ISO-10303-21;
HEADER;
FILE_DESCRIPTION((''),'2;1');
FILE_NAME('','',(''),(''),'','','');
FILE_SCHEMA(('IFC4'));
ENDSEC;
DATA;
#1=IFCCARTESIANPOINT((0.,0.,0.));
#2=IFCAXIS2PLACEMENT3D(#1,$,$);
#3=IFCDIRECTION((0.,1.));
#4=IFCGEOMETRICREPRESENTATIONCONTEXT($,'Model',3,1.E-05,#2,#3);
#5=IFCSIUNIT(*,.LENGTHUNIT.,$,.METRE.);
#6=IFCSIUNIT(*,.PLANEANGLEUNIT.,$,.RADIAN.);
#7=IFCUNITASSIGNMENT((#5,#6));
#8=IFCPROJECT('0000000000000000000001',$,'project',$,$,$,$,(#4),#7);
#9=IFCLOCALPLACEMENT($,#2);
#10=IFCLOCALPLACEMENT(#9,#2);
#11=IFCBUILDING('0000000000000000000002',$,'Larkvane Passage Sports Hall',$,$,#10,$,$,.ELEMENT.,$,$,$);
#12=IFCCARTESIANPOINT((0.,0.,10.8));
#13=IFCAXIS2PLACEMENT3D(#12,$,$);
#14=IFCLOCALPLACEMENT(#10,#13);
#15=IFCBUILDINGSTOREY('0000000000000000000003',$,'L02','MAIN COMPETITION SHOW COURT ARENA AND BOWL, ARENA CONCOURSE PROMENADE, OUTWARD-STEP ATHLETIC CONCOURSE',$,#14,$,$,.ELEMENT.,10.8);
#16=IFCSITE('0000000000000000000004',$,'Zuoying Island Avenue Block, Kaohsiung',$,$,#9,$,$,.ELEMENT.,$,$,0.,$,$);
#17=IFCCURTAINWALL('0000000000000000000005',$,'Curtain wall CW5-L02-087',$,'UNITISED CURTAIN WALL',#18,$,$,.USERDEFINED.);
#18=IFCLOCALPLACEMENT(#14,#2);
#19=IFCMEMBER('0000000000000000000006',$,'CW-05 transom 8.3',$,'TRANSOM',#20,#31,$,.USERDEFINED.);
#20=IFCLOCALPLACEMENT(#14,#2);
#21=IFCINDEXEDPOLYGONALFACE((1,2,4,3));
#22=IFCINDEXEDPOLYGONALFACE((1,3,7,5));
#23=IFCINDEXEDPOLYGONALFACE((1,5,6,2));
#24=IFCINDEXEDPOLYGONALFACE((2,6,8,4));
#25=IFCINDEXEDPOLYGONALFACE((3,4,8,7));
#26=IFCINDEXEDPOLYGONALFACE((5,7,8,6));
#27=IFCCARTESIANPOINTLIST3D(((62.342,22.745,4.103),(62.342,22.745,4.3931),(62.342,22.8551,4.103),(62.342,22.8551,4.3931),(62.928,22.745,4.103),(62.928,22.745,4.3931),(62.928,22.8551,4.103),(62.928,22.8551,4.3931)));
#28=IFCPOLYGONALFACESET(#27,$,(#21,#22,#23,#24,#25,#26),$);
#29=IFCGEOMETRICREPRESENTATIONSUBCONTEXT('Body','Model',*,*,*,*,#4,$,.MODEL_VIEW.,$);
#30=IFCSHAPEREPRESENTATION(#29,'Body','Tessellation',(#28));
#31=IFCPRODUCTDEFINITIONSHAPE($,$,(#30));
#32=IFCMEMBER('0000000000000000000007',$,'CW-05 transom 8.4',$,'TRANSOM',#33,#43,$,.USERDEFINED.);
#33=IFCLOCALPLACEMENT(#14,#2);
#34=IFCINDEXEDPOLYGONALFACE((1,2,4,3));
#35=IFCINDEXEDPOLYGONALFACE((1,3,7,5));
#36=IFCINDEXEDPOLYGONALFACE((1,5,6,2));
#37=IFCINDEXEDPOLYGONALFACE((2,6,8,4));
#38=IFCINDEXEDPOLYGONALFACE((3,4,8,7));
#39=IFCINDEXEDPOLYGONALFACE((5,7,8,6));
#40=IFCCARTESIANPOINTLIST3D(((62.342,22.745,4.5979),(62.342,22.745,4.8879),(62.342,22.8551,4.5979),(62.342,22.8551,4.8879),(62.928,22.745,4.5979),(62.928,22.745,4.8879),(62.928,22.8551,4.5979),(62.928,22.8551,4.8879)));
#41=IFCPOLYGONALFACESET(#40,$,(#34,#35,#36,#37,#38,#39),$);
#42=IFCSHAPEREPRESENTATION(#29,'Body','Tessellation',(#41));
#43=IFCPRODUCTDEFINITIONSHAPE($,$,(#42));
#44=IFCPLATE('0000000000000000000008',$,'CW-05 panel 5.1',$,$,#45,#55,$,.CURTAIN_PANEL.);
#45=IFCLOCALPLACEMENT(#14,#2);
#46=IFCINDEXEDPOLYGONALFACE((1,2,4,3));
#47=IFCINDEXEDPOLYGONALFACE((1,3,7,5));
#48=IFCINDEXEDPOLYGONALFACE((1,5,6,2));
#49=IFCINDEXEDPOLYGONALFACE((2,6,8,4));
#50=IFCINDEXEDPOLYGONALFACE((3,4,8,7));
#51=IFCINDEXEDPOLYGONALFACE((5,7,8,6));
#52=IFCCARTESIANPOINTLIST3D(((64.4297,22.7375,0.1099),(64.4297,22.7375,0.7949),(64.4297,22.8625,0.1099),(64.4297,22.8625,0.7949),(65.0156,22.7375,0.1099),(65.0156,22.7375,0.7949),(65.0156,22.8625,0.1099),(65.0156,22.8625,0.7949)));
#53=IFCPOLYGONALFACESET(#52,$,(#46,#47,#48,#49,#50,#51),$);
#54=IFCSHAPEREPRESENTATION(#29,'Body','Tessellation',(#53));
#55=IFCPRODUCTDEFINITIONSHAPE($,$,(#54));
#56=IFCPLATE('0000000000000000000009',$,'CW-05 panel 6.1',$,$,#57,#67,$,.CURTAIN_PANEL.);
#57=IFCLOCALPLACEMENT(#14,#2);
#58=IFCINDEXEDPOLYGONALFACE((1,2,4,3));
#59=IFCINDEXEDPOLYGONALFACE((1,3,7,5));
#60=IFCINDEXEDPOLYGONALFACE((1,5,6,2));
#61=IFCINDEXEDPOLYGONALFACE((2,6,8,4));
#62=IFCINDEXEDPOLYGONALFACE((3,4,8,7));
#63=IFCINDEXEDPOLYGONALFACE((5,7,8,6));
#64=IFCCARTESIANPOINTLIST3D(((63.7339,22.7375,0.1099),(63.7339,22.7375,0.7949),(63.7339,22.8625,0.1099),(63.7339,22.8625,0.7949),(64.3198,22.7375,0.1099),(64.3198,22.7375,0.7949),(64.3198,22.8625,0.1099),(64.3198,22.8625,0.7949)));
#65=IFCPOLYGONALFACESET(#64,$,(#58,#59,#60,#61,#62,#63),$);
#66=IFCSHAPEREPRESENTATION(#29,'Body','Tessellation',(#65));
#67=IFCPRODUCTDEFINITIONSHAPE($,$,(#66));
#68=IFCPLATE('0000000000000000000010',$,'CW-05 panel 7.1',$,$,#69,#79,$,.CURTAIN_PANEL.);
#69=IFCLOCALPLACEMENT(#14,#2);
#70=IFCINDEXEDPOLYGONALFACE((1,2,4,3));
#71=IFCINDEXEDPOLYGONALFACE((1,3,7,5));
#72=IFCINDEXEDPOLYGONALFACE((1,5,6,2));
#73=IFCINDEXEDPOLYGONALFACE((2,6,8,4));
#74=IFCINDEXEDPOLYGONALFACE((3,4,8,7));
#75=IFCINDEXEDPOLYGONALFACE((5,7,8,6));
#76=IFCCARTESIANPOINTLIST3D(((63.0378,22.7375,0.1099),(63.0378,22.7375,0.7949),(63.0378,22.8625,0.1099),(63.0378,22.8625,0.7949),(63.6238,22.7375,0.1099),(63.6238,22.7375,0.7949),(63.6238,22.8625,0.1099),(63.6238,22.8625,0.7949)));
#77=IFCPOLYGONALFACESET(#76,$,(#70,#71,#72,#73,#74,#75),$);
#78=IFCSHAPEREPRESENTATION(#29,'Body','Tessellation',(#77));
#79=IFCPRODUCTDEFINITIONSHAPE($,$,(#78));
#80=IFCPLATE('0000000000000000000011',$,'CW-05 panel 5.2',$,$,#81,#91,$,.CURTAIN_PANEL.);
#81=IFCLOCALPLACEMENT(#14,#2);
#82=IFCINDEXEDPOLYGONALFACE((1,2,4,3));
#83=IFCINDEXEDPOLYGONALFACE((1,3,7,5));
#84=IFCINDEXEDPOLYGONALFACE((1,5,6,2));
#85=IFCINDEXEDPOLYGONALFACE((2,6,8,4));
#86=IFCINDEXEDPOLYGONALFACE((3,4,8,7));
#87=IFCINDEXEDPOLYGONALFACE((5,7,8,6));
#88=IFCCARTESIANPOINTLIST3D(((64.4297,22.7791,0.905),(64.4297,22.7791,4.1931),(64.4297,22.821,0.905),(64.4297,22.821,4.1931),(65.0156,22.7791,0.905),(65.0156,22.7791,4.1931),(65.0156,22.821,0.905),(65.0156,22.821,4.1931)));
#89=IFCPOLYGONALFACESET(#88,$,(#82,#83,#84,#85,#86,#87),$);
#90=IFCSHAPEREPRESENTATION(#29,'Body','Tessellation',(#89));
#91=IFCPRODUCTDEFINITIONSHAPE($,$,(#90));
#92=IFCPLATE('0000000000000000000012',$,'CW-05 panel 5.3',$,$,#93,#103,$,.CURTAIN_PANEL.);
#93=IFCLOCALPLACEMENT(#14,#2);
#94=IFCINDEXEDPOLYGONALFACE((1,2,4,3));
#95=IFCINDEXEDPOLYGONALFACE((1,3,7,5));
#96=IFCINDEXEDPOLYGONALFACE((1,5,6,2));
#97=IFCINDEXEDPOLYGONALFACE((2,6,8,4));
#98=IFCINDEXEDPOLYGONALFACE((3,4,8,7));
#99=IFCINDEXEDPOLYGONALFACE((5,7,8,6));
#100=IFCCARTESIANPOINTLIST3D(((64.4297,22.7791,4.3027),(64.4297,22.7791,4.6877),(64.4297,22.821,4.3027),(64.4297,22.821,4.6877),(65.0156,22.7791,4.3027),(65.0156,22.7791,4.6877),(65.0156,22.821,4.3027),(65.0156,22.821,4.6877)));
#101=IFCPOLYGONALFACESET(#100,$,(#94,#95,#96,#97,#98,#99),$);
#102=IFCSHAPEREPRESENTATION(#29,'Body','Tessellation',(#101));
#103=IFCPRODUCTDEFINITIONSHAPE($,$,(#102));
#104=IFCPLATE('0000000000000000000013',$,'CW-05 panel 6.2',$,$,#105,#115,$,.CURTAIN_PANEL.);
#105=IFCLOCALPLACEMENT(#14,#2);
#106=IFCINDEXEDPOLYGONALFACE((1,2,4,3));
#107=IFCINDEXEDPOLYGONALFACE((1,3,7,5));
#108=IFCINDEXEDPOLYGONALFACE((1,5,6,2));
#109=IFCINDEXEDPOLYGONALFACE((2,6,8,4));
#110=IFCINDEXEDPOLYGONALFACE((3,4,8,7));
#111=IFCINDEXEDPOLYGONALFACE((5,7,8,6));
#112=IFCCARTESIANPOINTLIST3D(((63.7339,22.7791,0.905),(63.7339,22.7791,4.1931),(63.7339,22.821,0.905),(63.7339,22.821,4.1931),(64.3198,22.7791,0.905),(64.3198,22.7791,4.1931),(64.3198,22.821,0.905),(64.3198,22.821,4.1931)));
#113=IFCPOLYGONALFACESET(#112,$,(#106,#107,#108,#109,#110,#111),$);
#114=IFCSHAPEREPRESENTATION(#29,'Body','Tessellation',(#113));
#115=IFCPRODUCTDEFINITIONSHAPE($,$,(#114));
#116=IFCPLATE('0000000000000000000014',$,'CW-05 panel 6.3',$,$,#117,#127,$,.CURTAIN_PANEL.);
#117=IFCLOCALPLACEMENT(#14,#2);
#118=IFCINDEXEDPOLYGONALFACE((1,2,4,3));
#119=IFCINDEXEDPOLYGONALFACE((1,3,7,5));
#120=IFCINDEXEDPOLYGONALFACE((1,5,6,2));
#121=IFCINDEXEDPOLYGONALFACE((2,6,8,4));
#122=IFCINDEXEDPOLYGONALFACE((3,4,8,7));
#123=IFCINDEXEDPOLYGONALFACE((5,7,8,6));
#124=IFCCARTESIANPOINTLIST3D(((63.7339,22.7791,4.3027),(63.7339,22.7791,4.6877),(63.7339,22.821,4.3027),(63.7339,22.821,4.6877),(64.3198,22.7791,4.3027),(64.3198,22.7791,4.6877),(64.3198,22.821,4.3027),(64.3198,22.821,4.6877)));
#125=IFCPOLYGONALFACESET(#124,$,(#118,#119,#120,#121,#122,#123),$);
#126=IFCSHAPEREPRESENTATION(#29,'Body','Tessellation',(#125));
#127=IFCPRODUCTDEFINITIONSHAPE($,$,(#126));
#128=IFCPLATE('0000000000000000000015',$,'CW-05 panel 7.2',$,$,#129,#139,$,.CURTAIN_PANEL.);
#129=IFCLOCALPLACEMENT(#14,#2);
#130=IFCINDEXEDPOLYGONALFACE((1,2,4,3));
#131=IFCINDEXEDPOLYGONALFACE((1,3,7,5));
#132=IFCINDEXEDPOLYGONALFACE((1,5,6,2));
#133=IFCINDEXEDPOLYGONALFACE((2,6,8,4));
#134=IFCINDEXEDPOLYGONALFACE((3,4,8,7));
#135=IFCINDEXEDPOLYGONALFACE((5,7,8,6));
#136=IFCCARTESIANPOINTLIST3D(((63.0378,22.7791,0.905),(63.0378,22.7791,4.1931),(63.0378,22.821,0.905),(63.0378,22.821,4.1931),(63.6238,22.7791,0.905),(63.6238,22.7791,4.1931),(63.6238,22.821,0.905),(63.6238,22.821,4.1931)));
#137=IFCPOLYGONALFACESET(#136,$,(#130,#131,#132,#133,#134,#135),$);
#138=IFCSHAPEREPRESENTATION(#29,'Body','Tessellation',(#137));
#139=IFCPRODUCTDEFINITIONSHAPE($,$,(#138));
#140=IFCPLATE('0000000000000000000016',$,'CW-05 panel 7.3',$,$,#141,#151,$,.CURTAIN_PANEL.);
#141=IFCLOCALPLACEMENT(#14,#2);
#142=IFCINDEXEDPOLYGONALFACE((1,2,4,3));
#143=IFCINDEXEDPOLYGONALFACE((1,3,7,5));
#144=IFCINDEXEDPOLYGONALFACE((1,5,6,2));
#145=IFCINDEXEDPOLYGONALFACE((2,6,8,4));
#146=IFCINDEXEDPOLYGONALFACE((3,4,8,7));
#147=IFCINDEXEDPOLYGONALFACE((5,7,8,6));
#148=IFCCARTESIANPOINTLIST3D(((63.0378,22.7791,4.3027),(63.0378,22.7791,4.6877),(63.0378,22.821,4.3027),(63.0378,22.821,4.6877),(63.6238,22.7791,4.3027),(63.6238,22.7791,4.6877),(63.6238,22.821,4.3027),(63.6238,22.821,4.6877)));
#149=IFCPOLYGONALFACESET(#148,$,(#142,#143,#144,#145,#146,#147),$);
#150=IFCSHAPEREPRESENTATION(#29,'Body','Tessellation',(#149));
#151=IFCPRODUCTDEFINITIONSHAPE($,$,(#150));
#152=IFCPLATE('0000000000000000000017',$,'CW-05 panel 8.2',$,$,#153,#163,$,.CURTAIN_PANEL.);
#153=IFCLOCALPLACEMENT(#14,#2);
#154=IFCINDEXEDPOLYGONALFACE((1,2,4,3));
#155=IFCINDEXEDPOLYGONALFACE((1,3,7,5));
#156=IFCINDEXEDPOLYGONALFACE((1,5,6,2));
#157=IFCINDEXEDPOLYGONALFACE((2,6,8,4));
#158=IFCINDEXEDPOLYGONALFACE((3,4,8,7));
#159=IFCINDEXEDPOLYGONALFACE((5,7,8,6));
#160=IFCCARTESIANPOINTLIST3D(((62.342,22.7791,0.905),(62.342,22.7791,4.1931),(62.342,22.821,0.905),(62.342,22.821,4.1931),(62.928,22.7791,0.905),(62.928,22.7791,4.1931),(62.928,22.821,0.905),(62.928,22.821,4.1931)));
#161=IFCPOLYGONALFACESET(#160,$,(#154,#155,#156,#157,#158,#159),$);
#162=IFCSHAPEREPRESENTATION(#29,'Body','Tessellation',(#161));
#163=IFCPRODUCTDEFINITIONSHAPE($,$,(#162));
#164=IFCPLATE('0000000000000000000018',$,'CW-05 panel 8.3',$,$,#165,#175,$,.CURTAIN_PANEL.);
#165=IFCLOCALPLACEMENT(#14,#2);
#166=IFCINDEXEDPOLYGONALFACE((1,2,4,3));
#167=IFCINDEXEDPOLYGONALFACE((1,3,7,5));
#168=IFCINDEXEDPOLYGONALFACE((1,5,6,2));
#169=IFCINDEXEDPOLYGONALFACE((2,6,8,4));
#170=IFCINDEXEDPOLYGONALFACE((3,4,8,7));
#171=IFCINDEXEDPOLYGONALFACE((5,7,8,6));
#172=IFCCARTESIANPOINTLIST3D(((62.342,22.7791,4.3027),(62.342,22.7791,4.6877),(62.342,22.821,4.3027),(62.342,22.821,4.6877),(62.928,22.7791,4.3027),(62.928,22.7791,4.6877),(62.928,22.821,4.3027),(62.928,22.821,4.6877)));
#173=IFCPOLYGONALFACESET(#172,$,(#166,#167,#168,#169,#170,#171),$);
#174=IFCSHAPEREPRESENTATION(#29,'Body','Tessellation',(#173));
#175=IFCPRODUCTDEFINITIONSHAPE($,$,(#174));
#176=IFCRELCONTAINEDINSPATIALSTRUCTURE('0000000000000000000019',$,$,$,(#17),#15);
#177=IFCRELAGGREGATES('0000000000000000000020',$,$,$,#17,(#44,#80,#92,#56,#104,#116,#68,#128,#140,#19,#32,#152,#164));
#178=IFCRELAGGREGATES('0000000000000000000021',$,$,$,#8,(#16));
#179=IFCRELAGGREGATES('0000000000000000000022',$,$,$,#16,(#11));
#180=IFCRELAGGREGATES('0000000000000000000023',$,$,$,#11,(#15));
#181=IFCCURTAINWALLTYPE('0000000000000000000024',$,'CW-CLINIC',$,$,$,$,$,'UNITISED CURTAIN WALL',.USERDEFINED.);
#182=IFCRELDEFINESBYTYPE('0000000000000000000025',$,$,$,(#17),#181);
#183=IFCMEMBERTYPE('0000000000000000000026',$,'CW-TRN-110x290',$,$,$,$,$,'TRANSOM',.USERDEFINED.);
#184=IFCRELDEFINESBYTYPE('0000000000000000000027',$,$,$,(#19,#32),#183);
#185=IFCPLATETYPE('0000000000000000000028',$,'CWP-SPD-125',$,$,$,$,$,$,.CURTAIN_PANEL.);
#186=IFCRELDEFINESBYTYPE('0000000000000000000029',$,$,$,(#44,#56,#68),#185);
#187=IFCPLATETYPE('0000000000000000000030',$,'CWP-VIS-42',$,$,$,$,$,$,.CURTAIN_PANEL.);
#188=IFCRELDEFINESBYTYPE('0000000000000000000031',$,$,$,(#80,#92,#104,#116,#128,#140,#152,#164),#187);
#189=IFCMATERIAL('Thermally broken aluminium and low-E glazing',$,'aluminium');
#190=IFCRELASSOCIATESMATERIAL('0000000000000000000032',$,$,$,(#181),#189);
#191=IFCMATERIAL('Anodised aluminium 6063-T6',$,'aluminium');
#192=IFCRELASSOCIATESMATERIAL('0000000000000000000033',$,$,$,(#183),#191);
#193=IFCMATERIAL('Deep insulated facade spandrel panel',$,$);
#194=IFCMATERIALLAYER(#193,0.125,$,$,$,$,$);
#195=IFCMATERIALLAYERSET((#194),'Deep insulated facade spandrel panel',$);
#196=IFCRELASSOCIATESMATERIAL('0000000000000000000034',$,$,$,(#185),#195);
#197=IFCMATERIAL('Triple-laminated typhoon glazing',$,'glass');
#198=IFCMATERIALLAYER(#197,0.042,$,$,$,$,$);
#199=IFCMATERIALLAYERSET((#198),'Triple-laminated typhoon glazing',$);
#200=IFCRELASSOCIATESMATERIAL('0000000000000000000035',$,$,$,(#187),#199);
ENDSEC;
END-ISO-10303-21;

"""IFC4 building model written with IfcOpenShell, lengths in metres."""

from ifc_helpers import new_model, si_unit, direction, frame, origin, origin_2d, place, context, subcontext, project, spatial, rectangle, extrude, material, layer, layer_set, material_profile, profile_set, type_object, element, aggregate, save


model = new_model("IFC4")

# Units and contexts
model_context = context("Model", 3, precision=1e-05, world=origin(), true_north=direction((0.0, 1.0)))
body_context = subcontext(model_context, "Body", "Model", "MODEL_VIEW")
ifc_project = project(units=[si_unit("LENGTHUNIT", "METRE"), si_unit("PLANEANGLEUNIT", "RADIAN")], contexts=[model_context])

# Site, building, storey
site_placement = place(None, origin())
site = spatial("IfcSite", under=ifc_project, at=site_placement, Name="Zuoying Island Avenue Block, Kaohsiung", CompositionType="ELEMENT", RefElevation=0.0)
building_placement = place(site_placement, origin())
building = spatial("IfcBuilding", under=site, at=building_placement, Name="Larkvane Passage Sports Hall", CompositionType="ELEMENT")
storey_placement = place(building_placement, frame((0.0, 0.0, 10.8)))
storey = spatial("IfcBuildingStorey", under=building, at=storey_placement, Name="L02", Description="MAIN COMPETITION SHOW COURT ARENA AND BOWL, ARENA CONCOURSE PROMENADE, OUTWARD-STEP ATHLETIC CONCOURSE", CompositionType="ELEMENT", Elevation=10.8)

# Curtain wall, members, plates
ifc_material_1 = material(Name="Thermally broken aluminium and low-E glazing", Category="aluminium")
curtain_wall_type = type_object("IfcCurtainWallType", Name="CW-CLINIC", ElementType="UNITISED CURTAIN WALL", PredefinedType="USERDEFINED", material=ifc_material_1)
curtain_wall_placement = place(storey_placement, origin())
curtain_wall = element("IfcCurtainWall", 1, at=curtain_wall_placement, inside=storey, type_object=curtain_wall_type, Name="Curtain wall CW5-L02-087", ObjectType="UNITISED CURTAIN WALL", PredefinedType="USERDEFINED")
ifc_material_2 = material(Name="Anodised aluminium 6063-T6", Category="aluminium")
ifc_material_profile_1 = material_profile(ifc_material_2, rectangle(XDim=0.1101, YDim=0.29, at=origin_2d()), Name="ALU-TRN-110x290")
ifc_profile_set_1 = profile_set([ifc_material_profile_1], Name="Anodised aluminium 6063-T6")
member_type_1 = type_object("IfcMemberType", Name="CW-TRN-110x290", ElementType="TRANSOM", PredefinedType="USERDEFINED", material=ifc_profile_set_1)
member_1_placement = place(storey_placement, frame((62.928, 22.8, 4.248), z_axis=(-1.0, 0.0, 0.0), x_axis=(0.0, -1.0, 0.0)))
member_1 = element("IfcMember", 2, at=member_1_placement, type_object=member_type_1, Name="CW-05 transom 8.3", ObjectType="TRANSOM", PredefinedType="USERDEFINED", context=body_context, shape_type="SweptSolid", body=[
    extrude(rectangle(XDim=0.1101, YDim=0.29, at=origin_2d()), origin(), (0.0, 0.0, 1.0), 0.5859),
])
member_2_placement = place(storey_placement, frame((62.928, 22.8, 4.7429), z_axis=(-1.0, 0.0, 0.0), x_axis=(0.0, -1.0, 0.0)))
member_2 = element("IfcMember", 3, at=member_2_placement, type_object=member_type_1, Name="CW-05 transom 8.4", ObjectType="TRANSOM", PredefinedType="USERDEFINED", context=body_context, shape_type="SweptSolid", body=[
    extrude(rectangle(XDim=0.1101, YDim=0.29, at=origin_2d()), origin(), (0.0, 0.0, 1.0), 0.5859),
])
ifc_material_3 = material(Name="Deep insulated facade spandrel panel")
ifc_layer_1 = layer(ifc_material_3, 0.125)
ifc_layer_set_1 = layer_set([ifc_layer_1], Name="Deep insulated facade spandrel panel")
plate_type_1 = type_object("IfcPlateType", Name="CWP-SPD-125", PredefinedType="CURTAIN_PANEL", material=ifc_layer_set_1)
plate_1_placement = place(storey_placement, frame((64.7227, 22.8, 0.1099), z_axis=(0.0, 0.0, 1.0), x_axis=(-1.0, 0.0, 0.0)))
plate_1 = element("IfcPlate", 4, at=plate_1_placement, type_object=plate_type_1, Name="CW-05 panel 5.1", PredefinedType="CURTAIN_PANEL", context=body_context, shape_type="SweptSolid", body=[
    extrude(rectangle(XDim=0.5859, YDim=0.125, at=origin_2d()), origin(), (0.0, 0.0, 1.0), 0.6851),
])
plate_2_placement = place(storey_placement, frame((64.0269, 22.8, 0.1099), z_axis=(0.0, 0.0, 1.0), x_axis=(-1.0, 0.0, 0.0)))
plate_2 = element("IfcPlate", 5, at=plate_2_placement, type_object=plate_type_1, Name="CW-05 panel 6.1", PredefinedType="CURTAIN_PANEL", context=body_context, shape_type="SweptSolid", body=[
    extrude(rectangle(XDim=0.5859, YDim=0.125, at=origin_2d()), origin(), (0.0, 0.0, 1.0), 0.6851),
])
plate_3_placement = place(storey_placement, frame((63.3308, 22.8, 0.1099), z_axis=(0.0, 0.0, 1.0), x_axis=(-1.0, 0.0, 0.0)))
plate_3 = element("IfcPlate", 6, at=plate_3_placement, type_object=plate_type_1, Name="CW-05 panel 7.1", PredefinedType="CURTAIN_PANEL", context=body_context, shape_type="SweptSolid", body=[
    extrude(rectangle(XDim=0.5859, YDim=0.125, at=origin_2d()), origin(), (0.0, 0.0, 1.0), 0.6851),
])
ifc_material_4 = material(Name="Triple-laminated typhoon glazing", Category="glass")
ifc_layer_2 = layer(ifc_material_4, 0.042)
ifc_layer_set_2 = layer_set([ifc_layer_2], Name="Triple-laminated typhoon glazing")
plate_type_2 = type_object("IfcPlateType", Name="CWP-VIS-42", PredefinedType="CURTAIN_PANEL", material=ifc_layer_set_2)
plate_4_placement = place(storey_placement, frame((64.7227, 22.8, 0.905), z_axis=(0.0, 0.0, 1.0), x_axis=(-1.0, 0.0, 0.0)))
plate_4 = element("IfcPlate", 7, at=plate_4_placement, type_object=plate_type_2, Name="CW-05 panel 5.2", PredefinedType="CURTAIN_PANEL", context=body_context, shape_type="SweptSolid", body=[
    extrude(rectangle(XDim=0.5859, YDim=0.042, at=origin_2d()), origin(), (0.0, 0.0, 1.0), 3.2881),
])
plate_5_placement = place(storey_placement, frame((64.7227, 22.8, 4.3027), z_axis=(0.0, 0.0, 1.0), x_axis=(-1.0, 0.0, 0.0)))
plate_5 = element("IfcPlate", 8, at=plate_5_placement, type_object=plate_type_2, Name="CW-05 panel 5.3", PredefinedType="CURTAIN_PANEL", context=body_context, shape_type="SweptSolid", body=[
    extrude(rectangle(XDim=0.5859, YDim=0.042, at=origin_2d()), origin(), (0.0, 0.0, 1.0), 0.385),
])
plate_6_placement = place(storey_placement, frame((64.0269, 22.8, 0.905), z_axis=(0.0, 0.0, 1.0), x_axis=(-1.0, 0.0, 0.0)))
plate_6 = element("IfcPlate", 9, at=plate_6_placement, type_object=plate_type_2, Name="CW-05 panel 6.2", PredefinedType="CURTAIN_PANEL", context=body_context, shape_type="SweptSolid", body=[
    extrude(rectangle(XDim=0.5859, YDim=0.042, at=origin_2d()), origin(), (0.0, 0.0, 1.0), 3.2881),
])
plate_7_placement = place(storey_placement, frame((64.0269, 22.8, 4.3027), z_axis=(0.0, 0.0, 1.0), x_axis=(-1.0, 0.0, 0.0)))
plate_7 = element("IfcPlate", 10, at=plate_7_placement, type_object=plate_type_2, Name="CW-05 panel 6.3", PredefinedType="CURTAIN_PANEL", context=body_context, shape_type="SweptSolid", body=[
    extrude(rectangle(XDim=0.5859, YDim=0.042, at=origin_2d()), origin(), (0.0, 0.0, 1.0), 0.385),
])
plate_8_placement = place(storey_placement, frame((63.3308, 22.8, 0.905), z_axis=(0.0, 0.0, 1.0), x_axis=(-1.0, 0.0, 0.0)))
plate_8 = element("IfcPlate", 11, at=plate_8_placement, type_object=plate_type_2, Name="CW-05 panel 7.2", PredefinedType="CURTAIN_PANEL", context=body_context, shape_type="SweptSolid", body=[
    extrude(rectangle(XDim=0.5859, YDim=0.042, at=origin_2d()), origin(), (0.0, 0.0, 1.0), 3.2881),
])
plate_9_placement = place(storey_placement, frame((63.3308, 22.8, 4.3027), z_axis=(0.0, 0.0, 1.0), x_axis=(-1.0, 0.0, 0.0)))
plate_9 = element("IfcPlate", 12, at=plate_9_placement, type_object=plate_type_2, Name="CW-05 panel 7.3", PredefinedType="CURTAIN_PANEL", context=body_context, shape_type="SweptSolid", body=[
    extrude(rectangle(XDim=0.5859, YDim=0.042, at=origin_2d()), origin(), (0.0, 0.0, 1.0), 0.385),
])
plate_10_placement = place(storey_placement, frame((62.635, 22.8, 0.905), z_axis=(0.0, 0.0, 1.0), x_axis=(-1.0, 0.0, 0.0)))
plate_10 = element("IfcPlate", 13, at=plate_10_placement, type_object=plate_type_2, Name="CW-05 panel 8.2", PredefinedType="CURTAIN_PANEL", context=body_context, shape_type="SweptSolid", body=[
    extrude(rectangle(XDim=0.5859, YDim=0.042, at=origin_2d()), origin(), (0.0, 0.0, 1.0), 3.2881),
])
plate_11_placement = place(storey_placement, frame((62.635, 22.8, 4.3027), z_axis=(0.0, 0.0, 1.0), x_axis=(-1.0, 0.0, 0.0)))
plate_11 = element("IfcPlate", 14, at=plate_11_placement, type_object=plate_type_2, Name="CW-05 panel 8.3", PredefinedType="CURTAIN_PANEL", context=body_context, shape_type="SweptSolid", body=[
    extrude(rectangle(XDim=0.5859, YDim=0.042, at=origin_2d()), origin(), (0.0, 0.0, 1.0), 0.385),
])
aggregate(curtain_wall, [plate_1, plate_4, plate_5, plate_2, plate_6, plate_7, plate_3, plate_8, plate_9, member_1, member_2, plate_10, plate_11])

save(model, "model.ifc")
